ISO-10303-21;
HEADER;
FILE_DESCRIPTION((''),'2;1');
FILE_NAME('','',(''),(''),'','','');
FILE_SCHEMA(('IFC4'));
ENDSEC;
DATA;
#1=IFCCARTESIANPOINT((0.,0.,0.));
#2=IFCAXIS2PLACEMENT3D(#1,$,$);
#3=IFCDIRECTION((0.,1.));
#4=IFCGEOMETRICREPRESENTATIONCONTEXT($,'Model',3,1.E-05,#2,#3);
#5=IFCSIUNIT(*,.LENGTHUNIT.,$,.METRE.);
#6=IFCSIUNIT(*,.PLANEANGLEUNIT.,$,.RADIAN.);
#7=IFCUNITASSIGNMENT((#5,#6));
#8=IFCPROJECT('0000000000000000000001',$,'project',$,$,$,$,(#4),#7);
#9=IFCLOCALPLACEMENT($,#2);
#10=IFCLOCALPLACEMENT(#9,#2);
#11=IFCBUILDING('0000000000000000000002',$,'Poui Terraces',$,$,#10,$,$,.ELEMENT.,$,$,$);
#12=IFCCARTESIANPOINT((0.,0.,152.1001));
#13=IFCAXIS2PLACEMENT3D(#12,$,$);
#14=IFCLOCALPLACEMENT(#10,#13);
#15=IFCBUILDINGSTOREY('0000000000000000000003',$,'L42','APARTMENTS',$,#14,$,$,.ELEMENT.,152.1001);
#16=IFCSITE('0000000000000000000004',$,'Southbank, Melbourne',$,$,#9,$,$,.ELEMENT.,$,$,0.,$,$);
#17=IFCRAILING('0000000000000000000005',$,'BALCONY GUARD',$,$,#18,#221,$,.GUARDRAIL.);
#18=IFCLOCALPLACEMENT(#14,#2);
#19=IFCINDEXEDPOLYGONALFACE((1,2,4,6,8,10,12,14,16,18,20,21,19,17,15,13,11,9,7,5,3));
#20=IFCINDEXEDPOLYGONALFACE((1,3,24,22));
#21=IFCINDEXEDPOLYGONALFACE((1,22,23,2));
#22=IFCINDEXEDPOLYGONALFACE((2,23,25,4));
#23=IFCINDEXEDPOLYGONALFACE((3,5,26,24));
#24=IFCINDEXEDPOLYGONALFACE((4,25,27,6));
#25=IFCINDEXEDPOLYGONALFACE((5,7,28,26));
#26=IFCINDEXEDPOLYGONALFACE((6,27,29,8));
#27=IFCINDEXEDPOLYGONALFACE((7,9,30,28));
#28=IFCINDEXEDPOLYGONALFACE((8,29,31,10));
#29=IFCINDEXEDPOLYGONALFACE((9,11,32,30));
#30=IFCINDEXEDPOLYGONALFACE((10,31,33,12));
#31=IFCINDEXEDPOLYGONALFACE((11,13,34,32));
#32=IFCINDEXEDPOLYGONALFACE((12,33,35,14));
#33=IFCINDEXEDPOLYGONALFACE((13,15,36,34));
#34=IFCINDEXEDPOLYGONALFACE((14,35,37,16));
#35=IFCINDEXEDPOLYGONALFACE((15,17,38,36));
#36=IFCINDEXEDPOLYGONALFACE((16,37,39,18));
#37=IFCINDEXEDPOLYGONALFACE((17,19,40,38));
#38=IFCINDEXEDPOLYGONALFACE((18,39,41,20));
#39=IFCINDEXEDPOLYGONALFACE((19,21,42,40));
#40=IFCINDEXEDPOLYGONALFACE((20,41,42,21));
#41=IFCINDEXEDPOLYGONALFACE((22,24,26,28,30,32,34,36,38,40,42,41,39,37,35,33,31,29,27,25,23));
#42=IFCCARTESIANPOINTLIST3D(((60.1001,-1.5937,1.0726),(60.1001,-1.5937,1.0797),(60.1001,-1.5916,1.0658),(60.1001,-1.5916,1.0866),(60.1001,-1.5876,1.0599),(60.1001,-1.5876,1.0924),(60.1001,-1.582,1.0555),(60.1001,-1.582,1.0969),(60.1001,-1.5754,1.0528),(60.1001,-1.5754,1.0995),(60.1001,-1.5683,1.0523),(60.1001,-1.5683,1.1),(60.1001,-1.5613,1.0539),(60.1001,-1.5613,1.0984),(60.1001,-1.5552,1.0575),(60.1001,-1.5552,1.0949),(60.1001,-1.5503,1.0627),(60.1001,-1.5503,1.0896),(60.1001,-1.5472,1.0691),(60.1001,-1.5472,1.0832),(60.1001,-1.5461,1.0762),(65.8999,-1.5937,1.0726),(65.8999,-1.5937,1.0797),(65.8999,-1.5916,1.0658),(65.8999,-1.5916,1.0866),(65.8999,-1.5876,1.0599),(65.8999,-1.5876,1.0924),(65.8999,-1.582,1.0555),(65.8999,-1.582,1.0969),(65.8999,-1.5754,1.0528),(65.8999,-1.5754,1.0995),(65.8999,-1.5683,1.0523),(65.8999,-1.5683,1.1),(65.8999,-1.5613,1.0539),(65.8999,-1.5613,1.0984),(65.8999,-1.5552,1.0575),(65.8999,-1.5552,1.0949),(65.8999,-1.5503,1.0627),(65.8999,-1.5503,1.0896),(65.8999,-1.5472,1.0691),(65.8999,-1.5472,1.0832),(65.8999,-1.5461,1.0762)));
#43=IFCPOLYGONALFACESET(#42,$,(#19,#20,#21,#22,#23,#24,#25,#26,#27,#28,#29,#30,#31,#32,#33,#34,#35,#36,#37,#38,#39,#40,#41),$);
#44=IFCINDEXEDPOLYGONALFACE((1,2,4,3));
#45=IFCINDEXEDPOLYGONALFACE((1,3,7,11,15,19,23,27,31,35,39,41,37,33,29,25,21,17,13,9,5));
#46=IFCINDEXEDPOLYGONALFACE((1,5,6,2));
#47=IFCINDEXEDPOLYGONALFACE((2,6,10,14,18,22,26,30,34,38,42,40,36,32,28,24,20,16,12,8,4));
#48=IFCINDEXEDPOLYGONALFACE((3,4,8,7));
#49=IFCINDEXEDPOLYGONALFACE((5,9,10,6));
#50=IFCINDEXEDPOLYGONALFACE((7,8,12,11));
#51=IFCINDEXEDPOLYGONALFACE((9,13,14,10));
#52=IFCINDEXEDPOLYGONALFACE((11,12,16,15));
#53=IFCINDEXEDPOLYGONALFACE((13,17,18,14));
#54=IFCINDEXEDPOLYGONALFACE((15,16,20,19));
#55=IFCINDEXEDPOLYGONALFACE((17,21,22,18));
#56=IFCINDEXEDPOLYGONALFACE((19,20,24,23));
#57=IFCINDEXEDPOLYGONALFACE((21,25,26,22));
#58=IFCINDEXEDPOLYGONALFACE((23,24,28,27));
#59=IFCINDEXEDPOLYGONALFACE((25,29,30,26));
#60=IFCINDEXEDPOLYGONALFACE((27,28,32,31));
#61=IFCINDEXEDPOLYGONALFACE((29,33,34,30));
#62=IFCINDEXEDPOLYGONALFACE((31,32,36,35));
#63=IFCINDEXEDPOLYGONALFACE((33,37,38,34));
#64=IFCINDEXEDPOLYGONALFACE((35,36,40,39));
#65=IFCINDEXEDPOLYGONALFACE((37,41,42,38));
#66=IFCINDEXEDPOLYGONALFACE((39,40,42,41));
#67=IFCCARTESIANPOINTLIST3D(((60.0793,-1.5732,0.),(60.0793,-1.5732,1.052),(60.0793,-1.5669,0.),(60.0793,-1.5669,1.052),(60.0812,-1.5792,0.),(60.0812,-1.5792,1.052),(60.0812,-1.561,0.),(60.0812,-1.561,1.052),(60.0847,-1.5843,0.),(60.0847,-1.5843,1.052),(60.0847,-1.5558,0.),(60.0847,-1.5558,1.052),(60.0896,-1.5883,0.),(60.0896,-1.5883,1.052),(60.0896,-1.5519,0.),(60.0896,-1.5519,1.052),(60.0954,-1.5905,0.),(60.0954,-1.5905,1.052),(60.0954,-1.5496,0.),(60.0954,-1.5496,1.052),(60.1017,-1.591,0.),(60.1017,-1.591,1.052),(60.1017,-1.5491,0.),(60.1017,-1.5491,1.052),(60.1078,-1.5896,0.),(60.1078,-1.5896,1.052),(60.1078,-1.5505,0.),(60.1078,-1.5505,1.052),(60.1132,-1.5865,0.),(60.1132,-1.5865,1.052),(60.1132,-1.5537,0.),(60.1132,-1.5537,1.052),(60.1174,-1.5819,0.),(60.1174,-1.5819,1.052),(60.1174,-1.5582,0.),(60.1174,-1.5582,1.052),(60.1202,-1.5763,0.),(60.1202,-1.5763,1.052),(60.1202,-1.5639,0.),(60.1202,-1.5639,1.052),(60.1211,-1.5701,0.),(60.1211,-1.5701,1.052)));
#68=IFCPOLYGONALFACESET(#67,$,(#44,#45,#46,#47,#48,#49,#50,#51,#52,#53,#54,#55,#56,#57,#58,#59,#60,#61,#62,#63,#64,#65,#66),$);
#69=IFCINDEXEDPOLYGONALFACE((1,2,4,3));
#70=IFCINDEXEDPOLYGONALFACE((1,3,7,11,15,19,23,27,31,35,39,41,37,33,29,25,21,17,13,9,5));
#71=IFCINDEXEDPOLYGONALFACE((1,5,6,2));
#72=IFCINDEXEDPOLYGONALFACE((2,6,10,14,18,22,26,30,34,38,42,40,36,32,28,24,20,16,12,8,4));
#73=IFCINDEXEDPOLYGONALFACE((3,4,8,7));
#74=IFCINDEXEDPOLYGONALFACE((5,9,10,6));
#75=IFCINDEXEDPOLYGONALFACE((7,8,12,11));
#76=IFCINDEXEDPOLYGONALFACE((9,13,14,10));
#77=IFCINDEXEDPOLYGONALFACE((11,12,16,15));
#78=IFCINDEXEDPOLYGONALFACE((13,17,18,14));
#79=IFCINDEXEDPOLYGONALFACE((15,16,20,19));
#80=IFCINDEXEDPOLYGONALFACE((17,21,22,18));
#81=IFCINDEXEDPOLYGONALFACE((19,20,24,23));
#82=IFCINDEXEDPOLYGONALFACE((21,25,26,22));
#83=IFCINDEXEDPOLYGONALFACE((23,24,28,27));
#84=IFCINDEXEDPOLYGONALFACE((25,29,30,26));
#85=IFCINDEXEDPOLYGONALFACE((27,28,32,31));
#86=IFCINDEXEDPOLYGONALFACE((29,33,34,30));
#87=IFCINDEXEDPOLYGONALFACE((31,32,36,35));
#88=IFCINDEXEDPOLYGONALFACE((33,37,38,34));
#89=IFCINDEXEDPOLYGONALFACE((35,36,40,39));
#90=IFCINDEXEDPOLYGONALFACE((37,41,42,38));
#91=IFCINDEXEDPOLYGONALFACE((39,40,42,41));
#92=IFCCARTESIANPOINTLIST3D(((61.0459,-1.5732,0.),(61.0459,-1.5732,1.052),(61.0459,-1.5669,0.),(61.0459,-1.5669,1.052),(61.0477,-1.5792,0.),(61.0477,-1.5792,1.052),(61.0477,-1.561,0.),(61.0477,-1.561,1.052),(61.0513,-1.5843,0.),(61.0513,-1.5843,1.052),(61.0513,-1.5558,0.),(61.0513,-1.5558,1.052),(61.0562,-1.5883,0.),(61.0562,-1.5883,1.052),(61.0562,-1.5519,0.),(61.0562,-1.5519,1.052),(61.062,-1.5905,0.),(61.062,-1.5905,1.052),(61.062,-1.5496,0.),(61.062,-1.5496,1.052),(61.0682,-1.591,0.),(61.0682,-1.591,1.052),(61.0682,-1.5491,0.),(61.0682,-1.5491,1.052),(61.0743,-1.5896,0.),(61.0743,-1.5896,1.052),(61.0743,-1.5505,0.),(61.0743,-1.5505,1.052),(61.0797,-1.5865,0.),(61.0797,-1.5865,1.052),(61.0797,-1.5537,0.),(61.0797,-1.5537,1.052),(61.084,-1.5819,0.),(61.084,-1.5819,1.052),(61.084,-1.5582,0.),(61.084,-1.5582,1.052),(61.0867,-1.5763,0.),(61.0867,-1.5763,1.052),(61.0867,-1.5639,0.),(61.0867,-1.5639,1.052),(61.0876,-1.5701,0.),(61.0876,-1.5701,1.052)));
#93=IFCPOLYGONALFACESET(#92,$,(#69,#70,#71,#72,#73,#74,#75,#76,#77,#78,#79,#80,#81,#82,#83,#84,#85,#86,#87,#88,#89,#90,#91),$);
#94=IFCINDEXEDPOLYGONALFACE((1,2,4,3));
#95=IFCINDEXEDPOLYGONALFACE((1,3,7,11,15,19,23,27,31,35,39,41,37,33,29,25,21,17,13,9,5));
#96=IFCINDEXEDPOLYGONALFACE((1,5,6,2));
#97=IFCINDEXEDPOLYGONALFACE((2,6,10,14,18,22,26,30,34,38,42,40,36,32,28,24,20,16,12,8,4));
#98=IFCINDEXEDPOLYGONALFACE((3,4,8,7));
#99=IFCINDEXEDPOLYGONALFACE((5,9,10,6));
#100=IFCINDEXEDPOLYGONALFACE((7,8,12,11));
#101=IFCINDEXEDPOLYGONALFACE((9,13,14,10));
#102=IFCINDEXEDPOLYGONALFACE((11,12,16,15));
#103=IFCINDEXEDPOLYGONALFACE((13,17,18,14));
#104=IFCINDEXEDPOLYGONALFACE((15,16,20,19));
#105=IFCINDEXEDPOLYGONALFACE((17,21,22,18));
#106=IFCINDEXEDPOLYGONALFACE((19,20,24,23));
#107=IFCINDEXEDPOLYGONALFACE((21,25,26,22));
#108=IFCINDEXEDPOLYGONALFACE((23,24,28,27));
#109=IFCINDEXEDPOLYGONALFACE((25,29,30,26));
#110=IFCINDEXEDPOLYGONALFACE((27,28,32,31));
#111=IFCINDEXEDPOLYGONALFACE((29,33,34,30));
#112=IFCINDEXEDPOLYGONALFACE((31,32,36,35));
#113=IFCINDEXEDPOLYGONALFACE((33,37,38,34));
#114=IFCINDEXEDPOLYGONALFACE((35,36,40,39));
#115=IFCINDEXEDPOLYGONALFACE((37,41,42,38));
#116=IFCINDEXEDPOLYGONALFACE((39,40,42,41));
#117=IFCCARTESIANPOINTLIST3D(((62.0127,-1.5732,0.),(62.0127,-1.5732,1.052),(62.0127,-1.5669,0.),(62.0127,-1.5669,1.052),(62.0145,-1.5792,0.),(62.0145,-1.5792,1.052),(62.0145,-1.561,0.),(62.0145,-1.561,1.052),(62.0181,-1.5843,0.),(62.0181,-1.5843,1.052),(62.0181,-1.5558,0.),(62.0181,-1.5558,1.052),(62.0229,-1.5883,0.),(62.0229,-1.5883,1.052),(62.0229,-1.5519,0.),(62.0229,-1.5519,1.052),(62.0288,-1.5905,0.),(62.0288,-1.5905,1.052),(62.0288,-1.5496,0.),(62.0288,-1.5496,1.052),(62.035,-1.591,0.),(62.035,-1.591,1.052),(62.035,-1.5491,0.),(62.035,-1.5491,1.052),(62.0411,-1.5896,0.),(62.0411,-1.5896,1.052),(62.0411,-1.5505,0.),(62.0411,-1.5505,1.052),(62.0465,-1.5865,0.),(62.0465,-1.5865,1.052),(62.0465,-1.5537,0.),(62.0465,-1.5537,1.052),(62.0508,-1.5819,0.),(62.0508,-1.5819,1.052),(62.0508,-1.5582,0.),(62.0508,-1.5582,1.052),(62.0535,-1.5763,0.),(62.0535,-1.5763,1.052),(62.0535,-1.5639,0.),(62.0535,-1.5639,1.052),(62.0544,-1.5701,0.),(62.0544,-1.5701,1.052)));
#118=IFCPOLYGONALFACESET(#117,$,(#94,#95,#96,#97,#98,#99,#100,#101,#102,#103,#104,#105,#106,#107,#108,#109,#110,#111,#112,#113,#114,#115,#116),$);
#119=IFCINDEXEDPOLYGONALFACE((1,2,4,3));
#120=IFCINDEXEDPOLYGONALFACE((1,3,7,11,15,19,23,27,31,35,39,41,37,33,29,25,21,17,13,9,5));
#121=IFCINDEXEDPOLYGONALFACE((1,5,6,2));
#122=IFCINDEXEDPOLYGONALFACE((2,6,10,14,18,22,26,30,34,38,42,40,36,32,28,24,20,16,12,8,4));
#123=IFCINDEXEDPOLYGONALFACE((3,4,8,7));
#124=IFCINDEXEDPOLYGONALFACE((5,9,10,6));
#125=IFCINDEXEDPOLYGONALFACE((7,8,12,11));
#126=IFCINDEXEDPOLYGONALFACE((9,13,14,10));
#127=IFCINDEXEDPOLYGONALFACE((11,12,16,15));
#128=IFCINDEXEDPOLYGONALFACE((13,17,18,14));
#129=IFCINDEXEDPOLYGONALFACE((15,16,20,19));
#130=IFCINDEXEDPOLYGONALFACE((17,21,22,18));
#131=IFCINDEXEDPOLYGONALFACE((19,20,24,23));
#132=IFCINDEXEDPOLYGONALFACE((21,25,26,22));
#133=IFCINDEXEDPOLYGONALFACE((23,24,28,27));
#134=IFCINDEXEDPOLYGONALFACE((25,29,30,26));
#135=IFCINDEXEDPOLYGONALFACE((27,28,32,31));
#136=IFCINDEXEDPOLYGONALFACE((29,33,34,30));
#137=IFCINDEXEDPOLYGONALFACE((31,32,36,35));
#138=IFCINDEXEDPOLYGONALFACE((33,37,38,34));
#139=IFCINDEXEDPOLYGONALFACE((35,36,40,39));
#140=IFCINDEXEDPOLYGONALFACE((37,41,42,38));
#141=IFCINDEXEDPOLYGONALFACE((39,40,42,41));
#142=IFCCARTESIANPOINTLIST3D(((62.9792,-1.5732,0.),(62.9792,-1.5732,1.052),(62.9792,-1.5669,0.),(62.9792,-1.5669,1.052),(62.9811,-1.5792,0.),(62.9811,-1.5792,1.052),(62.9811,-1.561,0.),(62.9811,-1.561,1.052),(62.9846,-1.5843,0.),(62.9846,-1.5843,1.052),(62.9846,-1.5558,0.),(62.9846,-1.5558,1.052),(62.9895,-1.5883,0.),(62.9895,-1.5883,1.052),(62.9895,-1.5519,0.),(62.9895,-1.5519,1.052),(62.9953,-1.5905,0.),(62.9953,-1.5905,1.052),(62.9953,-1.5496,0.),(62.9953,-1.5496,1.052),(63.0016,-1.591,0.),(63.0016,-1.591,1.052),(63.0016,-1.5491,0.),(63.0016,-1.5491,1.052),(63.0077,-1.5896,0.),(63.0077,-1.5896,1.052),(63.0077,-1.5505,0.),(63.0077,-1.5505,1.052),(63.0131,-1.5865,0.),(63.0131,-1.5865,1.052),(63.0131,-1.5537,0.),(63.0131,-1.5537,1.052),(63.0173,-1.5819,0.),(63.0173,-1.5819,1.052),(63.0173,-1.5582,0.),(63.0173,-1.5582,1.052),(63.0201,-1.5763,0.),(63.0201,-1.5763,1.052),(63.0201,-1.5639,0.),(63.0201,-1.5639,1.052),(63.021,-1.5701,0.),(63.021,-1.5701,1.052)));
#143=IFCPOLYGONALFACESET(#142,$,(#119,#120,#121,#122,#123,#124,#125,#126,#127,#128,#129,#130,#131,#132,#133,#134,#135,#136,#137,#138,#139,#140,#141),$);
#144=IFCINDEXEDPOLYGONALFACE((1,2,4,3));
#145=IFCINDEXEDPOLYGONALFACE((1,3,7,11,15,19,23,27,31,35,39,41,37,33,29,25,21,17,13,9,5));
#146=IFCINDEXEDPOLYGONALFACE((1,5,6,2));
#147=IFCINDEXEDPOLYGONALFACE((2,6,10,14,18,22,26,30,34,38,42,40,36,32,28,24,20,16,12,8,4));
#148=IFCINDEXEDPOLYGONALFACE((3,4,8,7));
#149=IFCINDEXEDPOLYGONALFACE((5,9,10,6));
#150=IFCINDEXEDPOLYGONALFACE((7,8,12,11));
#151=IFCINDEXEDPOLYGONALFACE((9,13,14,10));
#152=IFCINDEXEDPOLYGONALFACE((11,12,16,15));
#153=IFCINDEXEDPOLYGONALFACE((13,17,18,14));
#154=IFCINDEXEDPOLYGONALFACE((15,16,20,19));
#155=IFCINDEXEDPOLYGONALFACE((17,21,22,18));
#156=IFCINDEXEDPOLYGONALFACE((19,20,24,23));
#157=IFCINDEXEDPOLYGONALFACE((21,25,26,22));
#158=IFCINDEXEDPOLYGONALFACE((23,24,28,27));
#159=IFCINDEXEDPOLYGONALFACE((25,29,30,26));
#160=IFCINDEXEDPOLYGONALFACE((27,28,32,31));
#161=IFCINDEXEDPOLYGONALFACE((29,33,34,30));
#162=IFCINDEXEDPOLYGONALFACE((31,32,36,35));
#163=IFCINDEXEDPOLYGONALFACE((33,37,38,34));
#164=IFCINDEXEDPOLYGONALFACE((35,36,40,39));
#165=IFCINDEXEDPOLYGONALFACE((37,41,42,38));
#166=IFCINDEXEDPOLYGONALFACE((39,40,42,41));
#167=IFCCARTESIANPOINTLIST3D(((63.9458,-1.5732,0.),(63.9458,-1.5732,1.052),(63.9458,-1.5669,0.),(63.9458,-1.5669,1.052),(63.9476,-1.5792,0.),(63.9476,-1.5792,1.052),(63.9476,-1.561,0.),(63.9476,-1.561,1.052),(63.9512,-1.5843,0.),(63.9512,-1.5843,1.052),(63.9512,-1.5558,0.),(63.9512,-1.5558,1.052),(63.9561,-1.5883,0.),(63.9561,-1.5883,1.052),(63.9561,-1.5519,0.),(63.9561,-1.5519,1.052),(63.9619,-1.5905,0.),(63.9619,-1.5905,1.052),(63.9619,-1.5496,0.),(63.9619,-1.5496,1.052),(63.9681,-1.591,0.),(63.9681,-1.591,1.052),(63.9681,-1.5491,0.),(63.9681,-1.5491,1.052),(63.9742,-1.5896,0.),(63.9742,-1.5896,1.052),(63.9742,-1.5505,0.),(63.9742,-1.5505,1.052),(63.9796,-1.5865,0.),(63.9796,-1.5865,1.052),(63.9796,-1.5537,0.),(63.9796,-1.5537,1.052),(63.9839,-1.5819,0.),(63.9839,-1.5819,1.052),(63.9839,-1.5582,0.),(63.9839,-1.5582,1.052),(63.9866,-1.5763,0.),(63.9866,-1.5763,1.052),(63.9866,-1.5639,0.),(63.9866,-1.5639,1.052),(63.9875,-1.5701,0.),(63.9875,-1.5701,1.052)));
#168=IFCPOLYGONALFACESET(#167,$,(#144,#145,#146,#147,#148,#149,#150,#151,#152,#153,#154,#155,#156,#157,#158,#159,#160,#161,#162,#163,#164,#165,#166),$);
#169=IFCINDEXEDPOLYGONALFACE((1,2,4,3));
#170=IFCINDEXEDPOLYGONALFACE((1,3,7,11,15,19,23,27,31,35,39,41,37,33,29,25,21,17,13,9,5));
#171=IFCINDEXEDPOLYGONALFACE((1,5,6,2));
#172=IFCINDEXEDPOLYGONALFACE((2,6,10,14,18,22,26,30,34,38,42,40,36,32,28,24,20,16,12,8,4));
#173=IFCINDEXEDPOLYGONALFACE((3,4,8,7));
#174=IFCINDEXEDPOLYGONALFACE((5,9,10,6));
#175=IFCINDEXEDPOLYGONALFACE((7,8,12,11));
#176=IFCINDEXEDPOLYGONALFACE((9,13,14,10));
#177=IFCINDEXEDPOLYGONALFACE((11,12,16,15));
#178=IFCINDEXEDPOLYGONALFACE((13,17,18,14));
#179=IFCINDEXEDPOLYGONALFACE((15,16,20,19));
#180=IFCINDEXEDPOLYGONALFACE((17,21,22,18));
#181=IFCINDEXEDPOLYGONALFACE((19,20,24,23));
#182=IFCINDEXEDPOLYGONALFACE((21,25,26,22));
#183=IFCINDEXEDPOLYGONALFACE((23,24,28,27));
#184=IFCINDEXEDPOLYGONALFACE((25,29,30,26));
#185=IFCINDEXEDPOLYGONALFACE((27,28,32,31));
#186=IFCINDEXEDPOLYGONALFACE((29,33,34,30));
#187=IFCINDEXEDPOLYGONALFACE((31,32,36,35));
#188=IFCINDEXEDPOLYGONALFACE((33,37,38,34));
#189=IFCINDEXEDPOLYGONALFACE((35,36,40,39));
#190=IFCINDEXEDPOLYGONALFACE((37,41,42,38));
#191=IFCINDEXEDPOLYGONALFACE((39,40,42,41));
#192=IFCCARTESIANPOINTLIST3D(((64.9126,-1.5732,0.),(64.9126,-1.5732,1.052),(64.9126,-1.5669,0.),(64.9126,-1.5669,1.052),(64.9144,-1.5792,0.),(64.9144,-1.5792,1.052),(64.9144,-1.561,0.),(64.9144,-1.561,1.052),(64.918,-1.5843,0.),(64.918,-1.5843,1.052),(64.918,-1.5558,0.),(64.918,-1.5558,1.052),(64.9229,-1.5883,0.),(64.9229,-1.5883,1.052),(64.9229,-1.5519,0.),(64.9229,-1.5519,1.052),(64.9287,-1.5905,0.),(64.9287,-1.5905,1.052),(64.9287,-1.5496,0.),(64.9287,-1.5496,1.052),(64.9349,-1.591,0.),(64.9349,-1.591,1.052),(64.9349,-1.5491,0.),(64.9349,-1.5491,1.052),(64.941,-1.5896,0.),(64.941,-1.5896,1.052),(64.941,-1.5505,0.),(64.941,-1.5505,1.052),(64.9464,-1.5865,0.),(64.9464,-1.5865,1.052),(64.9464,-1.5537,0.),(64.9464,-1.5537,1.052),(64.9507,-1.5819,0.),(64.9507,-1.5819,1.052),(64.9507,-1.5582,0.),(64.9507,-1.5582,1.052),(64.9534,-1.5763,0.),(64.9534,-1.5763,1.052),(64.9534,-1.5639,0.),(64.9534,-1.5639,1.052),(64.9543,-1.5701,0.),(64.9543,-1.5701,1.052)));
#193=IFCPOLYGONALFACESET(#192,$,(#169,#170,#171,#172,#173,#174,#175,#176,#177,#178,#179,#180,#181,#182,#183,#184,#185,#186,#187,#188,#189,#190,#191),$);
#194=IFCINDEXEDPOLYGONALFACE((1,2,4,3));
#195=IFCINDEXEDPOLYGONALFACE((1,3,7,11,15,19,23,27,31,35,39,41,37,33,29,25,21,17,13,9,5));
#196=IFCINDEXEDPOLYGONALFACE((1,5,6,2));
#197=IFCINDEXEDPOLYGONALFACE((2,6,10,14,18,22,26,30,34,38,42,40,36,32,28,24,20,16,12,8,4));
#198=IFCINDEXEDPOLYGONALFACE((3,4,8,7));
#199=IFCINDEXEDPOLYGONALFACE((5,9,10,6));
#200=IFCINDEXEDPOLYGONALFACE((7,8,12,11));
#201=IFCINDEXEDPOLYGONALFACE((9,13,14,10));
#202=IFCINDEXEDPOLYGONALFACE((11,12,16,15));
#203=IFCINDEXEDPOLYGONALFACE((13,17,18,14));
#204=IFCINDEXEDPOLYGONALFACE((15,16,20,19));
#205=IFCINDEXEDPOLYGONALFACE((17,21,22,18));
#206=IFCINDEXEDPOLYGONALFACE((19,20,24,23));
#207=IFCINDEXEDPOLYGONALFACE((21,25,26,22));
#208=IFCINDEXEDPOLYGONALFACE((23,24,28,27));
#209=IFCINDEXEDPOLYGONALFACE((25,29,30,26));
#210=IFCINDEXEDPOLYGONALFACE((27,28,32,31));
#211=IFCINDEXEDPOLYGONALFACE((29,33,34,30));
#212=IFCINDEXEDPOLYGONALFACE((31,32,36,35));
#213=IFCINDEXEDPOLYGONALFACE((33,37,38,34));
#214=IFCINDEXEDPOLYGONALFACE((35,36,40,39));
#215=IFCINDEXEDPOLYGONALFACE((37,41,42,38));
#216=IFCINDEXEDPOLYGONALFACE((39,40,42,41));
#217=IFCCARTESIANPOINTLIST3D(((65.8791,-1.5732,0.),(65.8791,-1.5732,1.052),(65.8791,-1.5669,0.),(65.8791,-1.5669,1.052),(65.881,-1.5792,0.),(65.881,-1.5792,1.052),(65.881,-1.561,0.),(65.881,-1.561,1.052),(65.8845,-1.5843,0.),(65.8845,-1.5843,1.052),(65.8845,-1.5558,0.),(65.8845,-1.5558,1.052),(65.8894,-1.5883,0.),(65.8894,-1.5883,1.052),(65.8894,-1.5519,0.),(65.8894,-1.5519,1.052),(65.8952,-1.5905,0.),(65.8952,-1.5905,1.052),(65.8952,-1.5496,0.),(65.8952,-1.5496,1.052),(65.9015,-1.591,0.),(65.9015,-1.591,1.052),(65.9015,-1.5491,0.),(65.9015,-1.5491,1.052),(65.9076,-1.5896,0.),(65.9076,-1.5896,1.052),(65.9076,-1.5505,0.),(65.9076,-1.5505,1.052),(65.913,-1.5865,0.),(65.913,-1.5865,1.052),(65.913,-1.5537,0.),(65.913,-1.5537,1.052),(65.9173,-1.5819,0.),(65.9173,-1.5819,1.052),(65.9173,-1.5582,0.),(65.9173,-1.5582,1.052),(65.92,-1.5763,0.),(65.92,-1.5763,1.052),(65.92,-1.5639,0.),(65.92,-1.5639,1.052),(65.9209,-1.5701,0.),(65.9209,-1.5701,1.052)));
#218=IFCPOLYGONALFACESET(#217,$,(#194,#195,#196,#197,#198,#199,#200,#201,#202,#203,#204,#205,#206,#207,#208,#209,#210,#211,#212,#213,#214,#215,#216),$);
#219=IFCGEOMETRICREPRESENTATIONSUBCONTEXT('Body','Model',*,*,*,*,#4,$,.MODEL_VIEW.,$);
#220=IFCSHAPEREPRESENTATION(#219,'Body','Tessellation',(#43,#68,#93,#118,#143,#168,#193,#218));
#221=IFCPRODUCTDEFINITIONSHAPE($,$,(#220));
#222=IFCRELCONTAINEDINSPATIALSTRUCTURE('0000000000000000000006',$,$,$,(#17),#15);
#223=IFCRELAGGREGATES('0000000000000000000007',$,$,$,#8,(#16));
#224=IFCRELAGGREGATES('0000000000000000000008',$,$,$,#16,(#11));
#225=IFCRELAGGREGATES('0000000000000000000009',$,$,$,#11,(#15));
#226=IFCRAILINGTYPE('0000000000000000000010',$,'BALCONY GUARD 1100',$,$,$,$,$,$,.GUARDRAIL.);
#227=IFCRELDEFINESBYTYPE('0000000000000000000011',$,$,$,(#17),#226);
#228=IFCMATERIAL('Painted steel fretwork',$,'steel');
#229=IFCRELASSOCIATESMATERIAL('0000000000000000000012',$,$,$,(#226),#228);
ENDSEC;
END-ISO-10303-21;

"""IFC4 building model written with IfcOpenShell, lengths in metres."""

from ifc_helpers import new_model, si_unit, direction, frame, origin, origin_2d, place, context, subcontext, project, spatial, circle, extrude, material, type_object, element, save


model = new_model("IFC4")

# Units and contexts
model_context = context("Model", 3, precision=1e-05, world=origin(), true_north=direction((0.0, 1.0)))
body_context = subcontext(model_context, "Body", "Model", "MODEL_VIEW")
ifc_project = project(units=[si_unit("LENGTHUNIT", "METRE"), si_unit("PLANEANGLEUNIT", "RADIAN")], contexts=[model_context])

# Site, building, storey
site_placement = place(None, origin())
site = spatial("IfcSite", under=ifc_project, at=site_placement, Name="Southbank, Melbourne", CompositionType="ELEMENT", RefElevation=0.0)
building_placement = place(site_placement, origin())
building = spatial("IfcBuilding", under=site, at=building_placement, Name="Poui Terraces", CompositionType="ELEMENT")
storey_placement = place(building_placement, frame((0.0, 0.0, 152.1001)))
storey = spatial("IfcBuildingStorey", under=building, at=storey_placement, Name="L42", Description="APARTMENTS", CompositionType="ELEMENT", Elevation=152.1001)

# Railing
ifc_material_1 = material(Name="Painted steel fretwork", Category="steel")
railing_type = type_object("IfcRailingType", Name="BALCONY GUARD 1100", PredefinedType="GUARDRAIL", material=ifc_material_1)
railing_placement = place(storey_placement, frame((60.1001, -1.5701, 0.0)))
element("IfcRailing", 1, at=railing_placement, inside=storey, type_object=railing_type, Name="BALCONY GUARD", PredefinedType="GUARDRAIL", context=body_context, shape_type="SweptSolid", body=[
    extrude(circle(Radius=0.0239, at=origin_2d()), frame((0.0, 0.0, 1.0762), z_axis=(1.0, 0.0, 0.0), x_axis=(0.0, 1.0, 0.0)), (0.0, 0.0, 1.0), 5.7998),
    extrude(circle(Radius=0.021, at=origin_2d()), origin(), (0.0, 0.0, 1.0), 1.052),
    extrude(circle(Radius=0.021, at=origin_2d()), frame((0.9666, 0.0, 0.0)), (0.0, 0.0, 1.0), 1.052),
    extrude(circle(Radius=0.021, at=origin_2d()), frame((1.9333, 0.0, 0.0)), (0.0, 0.0, 1.0), 1.052),
    extrude(circle(Radius=0.021, at=origin_2d()), frame((2.8999, 0.0, 0.0)), (0.0, 0.0, 1.0), 1.052),
    extrude(circle(Radius=0.021, at=origin_2d()), frame((3.8665, 0.0, 0.0)), (0.0, 0.0, 1.0), 1.052),
    extrude(circle(Radius=0.021, at=origin_2d()), frame((4.8333, 0.0, 0.0)), (0.0, 0.0, 1.0), 1.052),
    extrude(circle(Radius=0.021, at=origin_2d()), frame((5.7998, 0.0, 0.0)), (0.0, 0.0, 1.0), 1.052),
])

save(model, "model.ifc")
